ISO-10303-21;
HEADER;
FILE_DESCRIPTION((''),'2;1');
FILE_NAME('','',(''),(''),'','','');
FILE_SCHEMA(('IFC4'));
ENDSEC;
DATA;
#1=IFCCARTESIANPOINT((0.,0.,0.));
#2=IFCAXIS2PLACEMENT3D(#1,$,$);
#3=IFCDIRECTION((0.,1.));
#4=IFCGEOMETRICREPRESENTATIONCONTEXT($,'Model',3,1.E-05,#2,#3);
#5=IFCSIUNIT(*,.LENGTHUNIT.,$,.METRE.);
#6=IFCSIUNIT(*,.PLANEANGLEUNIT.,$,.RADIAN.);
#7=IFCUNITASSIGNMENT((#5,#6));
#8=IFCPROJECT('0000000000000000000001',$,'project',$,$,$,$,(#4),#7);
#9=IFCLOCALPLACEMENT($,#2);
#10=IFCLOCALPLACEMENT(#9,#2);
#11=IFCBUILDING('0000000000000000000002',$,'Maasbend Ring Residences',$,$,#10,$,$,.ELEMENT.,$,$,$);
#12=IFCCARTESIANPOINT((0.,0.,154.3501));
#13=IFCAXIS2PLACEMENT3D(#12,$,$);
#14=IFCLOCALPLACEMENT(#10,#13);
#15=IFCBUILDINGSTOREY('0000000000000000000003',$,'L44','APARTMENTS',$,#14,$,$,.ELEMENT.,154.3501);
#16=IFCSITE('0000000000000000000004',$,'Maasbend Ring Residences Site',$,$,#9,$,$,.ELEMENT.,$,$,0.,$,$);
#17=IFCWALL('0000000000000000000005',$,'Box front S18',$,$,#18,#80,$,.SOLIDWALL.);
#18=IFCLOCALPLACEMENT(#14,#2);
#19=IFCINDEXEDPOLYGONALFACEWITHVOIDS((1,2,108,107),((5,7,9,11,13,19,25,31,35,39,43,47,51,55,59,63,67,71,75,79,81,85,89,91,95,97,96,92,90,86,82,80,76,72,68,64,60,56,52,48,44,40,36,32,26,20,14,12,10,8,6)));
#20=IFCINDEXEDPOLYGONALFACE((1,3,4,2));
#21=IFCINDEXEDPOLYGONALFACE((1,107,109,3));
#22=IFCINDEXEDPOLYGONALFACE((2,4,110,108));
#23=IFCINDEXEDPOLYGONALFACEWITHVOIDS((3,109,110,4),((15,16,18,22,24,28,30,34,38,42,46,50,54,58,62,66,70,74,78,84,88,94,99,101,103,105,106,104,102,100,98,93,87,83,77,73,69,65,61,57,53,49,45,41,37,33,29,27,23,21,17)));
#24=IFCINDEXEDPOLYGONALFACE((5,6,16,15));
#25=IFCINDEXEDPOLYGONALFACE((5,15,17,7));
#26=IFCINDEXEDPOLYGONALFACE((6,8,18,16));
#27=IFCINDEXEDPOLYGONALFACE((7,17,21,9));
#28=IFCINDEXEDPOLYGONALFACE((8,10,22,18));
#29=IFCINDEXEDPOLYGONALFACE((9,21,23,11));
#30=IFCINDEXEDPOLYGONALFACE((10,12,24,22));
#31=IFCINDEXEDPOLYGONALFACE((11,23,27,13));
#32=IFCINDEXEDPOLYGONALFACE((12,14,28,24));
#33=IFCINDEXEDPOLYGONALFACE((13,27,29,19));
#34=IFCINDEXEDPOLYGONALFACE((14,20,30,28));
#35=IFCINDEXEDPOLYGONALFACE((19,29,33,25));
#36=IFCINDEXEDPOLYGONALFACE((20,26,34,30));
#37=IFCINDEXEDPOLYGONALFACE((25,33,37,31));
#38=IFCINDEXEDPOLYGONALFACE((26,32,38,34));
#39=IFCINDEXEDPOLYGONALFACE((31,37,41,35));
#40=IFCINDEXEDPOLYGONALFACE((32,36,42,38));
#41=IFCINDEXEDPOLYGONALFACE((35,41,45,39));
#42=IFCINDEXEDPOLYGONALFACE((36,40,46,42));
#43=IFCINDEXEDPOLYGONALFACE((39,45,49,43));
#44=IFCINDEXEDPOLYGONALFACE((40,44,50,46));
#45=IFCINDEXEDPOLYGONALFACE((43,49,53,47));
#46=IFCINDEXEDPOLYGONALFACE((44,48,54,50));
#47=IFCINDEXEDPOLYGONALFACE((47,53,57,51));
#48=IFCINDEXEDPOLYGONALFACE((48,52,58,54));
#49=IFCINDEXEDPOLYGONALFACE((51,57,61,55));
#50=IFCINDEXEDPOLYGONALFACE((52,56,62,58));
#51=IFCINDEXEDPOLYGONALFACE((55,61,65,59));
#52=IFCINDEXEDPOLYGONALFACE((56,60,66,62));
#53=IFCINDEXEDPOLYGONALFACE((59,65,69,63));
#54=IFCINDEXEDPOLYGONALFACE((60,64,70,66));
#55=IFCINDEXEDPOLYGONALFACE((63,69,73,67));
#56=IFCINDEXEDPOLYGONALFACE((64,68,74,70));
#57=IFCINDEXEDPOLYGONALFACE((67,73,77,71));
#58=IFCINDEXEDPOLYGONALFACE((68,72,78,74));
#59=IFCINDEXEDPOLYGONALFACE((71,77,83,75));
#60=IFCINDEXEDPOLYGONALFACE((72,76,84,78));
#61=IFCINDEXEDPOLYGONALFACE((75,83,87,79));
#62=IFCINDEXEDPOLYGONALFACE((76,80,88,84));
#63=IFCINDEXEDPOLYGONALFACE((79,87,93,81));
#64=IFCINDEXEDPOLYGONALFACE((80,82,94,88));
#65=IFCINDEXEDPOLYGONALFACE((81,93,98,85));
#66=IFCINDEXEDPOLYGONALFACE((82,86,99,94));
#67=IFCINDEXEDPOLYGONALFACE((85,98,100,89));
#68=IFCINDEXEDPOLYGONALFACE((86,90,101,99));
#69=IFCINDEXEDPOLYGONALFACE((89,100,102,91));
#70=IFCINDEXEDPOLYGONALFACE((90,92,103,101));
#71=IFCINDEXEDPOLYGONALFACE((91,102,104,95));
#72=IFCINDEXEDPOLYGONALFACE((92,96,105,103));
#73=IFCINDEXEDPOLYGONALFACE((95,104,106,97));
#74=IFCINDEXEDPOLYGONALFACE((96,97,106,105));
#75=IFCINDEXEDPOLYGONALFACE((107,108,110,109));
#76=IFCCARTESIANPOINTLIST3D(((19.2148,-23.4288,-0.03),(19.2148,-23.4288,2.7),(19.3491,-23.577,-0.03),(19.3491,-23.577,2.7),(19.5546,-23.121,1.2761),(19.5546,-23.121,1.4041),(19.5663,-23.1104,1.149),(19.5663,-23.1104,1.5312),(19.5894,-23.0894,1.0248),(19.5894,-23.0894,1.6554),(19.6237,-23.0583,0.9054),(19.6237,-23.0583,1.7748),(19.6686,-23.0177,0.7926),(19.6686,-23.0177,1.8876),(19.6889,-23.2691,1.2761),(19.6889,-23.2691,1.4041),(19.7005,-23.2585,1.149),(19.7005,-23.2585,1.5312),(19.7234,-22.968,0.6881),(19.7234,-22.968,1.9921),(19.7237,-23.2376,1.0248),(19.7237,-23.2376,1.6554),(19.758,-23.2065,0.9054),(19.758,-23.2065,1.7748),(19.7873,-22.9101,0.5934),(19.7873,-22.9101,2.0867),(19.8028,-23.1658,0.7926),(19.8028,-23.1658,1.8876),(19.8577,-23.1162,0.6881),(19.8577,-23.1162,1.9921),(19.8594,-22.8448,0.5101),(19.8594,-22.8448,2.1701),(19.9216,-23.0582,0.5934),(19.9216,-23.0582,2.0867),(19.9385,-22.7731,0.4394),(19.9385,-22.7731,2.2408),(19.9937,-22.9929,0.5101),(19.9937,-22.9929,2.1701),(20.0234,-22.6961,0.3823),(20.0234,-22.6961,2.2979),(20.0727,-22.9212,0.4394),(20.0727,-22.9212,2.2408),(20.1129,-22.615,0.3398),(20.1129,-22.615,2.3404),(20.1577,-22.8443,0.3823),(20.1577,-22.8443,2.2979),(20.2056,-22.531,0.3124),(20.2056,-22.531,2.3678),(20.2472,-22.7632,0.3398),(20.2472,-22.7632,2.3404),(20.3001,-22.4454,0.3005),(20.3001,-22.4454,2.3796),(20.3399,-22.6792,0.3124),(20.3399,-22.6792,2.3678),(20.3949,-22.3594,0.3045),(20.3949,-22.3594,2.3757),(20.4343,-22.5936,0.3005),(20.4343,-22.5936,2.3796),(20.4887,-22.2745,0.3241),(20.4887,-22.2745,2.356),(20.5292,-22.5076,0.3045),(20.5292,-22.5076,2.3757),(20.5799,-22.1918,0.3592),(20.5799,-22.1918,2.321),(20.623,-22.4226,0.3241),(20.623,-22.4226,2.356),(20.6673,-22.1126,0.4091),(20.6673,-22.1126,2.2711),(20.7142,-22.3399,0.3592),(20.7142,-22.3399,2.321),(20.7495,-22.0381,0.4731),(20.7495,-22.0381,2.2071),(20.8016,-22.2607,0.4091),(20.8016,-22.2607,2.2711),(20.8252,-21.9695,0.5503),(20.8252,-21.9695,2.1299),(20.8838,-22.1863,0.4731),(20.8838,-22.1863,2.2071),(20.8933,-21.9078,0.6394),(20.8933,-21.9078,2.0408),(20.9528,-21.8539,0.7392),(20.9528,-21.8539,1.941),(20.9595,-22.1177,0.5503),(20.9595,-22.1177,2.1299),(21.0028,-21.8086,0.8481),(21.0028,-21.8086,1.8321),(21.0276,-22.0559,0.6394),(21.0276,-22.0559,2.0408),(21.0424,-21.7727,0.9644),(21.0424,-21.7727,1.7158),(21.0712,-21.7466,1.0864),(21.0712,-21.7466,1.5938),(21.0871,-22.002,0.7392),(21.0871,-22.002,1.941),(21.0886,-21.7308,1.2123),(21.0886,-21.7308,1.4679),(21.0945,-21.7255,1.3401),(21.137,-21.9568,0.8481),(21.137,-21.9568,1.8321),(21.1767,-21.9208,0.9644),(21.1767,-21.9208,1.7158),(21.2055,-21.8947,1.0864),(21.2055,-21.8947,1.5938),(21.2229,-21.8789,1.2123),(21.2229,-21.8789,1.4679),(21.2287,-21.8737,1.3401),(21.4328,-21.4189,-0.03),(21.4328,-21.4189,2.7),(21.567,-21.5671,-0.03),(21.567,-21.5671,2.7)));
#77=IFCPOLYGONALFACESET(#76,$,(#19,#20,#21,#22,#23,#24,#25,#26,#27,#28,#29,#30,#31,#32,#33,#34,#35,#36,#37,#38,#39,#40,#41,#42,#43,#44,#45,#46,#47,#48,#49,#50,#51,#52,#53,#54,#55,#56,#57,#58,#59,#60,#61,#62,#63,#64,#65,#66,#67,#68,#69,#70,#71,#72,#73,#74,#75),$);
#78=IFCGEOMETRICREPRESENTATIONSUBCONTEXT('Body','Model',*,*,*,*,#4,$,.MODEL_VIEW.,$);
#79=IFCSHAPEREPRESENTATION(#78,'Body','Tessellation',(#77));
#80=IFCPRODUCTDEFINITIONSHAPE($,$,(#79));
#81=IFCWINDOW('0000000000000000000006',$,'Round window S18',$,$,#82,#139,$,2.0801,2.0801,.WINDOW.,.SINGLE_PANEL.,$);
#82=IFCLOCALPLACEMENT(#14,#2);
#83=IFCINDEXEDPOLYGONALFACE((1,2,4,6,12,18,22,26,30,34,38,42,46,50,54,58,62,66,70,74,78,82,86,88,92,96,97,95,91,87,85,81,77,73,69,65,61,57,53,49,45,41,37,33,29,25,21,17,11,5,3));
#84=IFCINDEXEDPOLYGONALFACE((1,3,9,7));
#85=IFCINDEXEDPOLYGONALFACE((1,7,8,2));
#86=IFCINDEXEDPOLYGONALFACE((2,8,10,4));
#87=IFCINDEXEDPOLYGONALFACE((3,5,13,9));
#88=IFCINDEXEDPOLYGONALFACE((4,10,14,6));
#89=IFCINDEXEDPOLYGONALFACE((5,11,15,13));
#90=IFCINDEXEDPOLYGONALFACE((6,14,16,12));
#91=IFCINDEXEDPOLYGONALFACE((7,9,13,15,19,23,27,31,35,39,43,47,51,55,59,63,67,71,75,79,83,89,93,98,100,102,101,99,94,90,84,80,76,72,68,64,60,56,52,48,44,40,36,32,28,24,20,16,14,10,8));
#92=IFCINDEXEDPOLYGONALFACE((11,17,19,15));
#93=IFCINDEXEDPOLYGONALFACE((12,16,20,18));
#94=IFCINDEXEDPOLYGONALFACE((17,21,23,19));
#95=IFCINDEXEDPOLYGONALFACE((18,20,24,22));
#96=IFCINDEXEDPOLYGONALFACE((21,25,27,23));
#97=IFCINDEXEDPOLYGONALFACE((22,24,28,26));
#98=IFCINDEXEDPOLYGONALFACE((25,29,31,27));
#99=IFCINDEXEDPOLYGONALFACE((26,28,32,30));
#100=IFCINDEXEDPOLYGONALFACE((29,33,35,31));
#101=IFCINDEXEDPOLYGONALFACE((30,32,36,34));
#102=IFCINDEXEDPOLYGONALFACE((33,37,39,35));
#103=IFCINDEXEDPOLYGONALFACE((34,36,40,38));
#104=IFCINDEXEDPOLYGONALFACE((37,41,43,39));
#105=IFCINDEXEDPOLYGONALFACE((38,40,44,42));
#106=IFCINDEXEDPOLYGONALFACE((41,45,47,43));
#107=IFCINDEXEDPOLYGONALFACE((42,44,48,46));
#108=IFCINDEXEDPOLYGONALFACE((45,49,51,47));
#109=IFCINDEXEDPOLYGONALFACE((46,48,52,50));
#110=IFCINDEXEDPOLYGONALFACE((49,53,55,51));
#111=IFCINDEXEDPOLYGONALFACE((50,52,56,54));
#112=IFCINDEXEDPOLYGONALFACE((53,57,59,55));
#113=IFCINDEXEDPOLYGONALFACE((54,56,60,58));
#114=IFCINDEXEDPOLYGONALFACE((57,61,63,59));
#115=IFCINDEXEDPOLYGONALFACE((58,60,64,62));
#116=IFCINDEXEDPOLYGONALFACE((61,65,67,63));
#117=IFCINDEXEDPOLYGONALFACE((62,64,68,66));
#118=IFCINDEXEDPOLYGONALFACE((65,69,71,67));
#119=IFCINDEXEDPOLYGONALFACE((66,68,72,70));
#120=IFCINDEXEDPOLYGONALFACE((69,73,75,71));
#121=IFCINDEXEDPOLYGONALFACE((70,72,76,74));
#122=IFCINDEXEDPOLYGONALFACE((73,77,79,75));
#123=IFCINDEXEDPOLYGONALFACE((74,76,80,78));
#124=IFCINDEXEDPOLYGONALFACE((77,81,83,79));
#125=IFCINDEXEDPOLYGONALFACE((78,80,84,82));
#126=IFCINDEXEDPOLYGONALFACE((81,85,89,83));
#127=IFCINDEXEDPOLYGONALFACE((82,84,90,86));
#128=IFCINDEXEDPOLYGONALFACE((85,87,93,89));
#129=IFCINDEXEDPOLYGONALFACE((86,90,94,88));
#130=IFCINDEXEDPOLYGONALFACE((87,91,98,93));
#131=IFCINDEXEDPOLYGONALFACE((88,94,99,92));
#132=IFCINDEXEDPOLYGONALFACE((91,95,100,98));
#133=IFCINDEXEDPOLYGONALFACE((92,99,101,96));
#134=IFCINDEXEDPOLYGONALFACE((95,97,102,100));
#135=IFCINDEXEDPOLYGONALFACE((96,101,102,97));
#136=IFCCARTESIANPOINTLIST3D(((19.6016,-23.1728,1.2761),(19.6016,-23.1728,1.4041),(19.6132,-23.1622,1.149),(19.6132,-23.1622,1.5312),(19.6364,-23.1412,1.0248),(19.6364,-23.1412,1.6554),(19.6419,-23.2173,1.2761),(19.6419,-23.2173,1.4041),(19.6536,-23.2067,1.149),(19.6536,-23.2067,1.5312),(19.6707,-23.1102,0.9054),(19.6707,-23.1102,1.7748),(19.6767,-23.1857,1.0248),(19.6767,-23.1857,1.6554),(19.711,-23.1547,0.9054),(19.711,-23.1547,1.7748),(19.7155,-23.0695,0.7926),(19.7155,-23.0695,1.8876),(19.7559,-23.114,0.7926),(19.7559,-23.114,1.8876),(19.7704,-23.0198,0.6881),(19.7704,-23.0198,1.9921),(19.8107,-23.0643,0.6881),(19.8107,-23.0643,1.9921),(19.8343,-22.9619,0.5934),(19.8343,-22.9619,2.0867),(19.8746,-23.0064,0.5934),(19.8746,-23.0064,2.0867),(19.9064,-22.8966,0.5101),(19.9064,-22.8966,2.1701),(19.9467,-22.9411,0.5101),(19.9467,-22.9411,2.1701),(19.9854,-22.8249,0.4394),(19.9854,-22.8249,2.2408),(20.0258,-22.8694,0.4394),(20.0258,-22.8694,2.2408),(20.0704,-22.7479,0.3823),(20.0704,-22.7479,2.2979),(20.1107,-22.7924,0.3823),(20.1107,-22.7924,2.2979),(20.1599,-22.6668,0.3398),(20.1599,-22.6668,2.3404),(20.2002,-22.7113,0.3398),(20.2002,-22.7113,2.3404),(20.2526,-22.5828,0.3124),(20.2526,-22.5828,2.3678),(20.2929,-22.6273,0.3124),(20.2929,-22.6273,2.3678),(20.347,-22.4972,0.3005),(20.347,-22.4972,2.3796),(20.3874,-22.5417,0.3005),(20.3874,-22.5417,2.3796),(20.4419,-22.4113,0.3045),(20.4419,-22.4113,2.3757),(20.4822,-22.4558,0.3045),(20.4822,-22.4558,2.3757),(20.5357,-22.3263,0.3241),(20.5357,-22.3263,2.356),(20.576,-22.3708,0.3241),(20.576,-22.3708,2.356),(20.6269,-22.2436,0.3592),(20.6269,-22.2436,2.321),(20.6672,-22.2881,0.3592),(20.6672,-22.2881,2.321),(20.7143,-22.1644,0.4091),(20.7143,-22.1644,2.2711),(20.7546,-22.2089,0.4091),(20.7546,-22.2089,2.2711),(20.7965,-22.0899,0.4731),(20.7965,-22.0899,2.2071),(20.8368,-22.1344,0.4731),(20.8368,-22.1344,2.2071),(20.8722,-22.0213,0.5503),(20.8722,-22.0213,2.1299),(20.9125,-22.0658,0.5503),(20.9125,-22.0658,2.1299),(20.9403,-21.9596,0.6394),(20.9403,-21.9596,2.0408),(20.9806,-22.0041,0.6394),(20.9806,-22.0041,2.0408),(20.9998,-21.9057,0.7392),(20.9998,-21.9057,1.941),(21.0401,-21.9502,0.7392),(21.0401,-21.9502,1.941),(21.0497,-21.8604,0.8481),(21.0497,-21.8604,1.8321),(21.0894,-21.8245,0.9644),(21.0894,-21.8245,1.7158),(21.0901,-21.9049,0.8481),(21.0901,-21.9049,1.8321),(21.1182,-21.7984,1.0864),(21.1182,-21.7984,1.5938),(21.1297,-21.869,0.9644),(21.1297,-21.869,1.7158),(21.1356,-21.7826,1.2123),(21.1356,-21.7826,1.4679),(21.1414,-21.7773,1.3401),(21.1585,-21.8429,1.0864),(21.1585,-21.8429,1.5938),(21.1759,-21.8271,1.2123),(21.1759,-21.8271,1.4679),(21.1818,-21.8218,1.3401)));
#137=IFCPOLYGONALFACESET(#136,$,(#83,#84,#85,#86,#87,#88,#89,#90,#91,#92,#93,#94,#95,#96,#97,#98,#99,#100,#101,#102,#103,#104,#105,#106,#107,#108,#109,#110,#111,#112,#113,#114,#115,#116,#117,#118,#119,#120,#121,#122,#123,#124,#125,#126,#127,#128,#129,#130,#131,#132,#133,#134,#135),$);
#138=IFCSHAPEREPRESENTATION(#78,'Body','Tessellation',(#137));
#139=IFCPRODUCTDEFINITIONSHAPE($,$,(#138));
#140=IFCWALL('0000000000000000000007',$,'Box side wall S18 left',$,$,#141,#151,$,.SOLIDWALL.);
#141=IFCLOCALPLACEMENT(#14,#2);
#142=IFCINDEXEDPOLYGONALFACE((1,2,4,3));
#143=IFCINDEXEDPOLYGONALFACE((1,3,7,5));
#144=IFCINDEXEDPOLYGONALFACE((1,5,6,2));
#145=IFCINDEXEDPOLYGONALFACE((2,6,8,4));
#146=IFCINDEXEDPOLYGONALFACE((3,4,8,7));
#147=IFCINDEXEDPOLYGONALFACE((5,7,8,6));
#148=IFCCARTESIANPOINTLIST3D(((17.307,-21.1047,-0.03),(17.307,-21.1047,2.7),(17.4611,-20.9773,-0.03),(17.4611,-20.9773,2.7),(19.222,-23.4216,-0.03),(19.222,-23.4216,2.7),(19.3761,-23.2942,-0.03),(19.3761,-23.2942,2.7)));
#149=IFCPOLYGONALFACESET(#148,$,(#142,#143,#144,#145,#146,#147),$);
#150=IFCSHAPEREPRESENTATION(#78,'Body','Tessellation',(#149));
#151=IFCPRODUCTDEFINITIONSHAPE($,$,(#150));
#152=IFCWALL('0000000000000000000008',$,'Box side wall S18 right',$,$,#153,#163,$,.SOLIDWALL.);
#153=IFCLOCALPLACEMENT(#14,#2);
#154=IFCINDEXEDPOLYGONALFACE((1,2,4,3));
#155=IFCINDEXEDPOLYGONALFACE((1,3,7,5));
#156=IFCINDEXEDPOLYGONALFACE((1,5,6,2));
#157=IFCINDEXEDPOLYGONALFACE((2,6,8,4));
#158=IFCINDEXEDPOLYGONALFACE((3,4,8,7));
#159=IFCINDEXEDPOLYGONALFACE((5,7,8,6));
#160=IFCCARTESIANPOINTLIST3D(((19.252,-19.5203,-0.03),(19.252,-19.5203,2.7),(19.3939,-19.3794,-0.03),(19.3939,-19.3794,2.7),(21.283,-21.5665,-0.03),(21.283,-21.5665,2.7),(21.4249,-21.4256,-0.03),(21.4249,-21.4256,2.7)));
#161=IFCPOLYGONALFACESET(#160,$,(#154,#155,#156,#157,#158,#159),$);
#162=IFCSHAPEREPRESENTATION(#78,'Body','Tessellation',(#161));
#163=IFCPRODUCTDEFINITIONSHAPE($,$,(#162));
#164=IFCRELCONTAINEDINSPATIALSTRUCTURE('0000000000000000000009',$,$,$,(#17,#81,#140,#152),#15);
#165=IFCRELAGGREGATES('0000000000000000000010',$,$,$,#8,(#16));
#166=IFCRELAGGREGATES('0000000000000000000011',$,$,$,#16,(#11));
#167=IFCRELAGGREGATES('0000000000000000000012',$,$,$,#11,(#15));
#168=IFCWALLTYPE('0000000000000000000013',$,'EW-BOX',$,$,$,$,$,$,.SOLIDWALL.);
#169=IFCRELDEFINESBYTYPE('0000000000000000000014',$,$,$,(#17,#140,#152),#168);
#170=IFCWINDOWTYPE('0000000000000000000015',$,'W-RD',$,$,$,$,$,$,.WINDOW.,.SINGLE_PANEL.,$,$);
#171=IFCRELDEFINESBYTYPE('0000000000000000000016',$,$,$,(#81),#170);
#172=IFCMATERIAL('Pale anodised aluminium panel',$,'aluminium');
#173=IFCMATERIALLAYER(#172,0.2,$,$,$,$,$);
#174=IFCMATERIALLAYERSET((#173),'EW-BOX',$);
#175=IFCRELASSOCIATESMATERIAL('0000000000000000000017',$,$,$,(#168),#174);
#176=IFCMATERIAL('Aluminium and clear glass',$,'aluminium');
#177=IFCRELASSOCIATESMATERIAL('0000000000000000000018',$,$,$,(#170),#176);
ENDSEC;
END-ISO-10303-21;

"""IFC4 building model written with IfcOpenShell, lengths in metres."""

from ifc_helpers import new_model, si_unit, direction, frame, frame_2d, origin, place, context, subcontext, project, spatial, rectangle, circle, extrude, material, layer, layer_set, type_object, element, fill, save


model = new_model("IFC4")

# Units and contexts
model_context = context("Model", 3, precision=1e-05, world=origin(), true_north=direction((0.0, 1.0)))
body_context = subcontext(model_context, "Body", "Model", "MODEL_VIEW")
ifc_project = project(units=[si_unit("LENGTHUNIT", "METRE"), si_unit("PLANEANGLEUNIT", "RADIAN")], contexts=[model_context])

# Site, building, storey
site_placement = place(None, origin())
site = spatial("IfcSite", under=ifc_project, at=site_placement, Name="Maasbend Ring Residences Site", CompositionType="ELEMENT", RefElevation=0.0)
building_placement = place(site_placement, origin())
building = spatial("IfcBuilding", under=site, at=building_placement, Name="Maasbend Ring Residences", CompositionType="ELEMENT")
storey_placement = place(building_placement, frame((0.0, 0.0, 154.3501)))
storey = spatial("IfcBuildingStorey", under=building, at=storey_placement, Name="L44", Description="APARTMENTS", CompositionType="ELEMENT", Elevation=154.3501)

# Wall, opening, window
ifc_material_1 = material(Name="Pale anodised aluminium panel", Category="aluminium")
ifc_layer_1 = layer(ifc_material_1, 0.2)
ifc_layer_set_1 = layer_set([ifc_layer_1], Name="EW-BOX")
wall_type_1 = type_object("IfcWallType", Name="EW-BOX", PredefinedType="SOLIDWALL", material=ifc_layer_set_1)
wall_1_placement = place(storey_placement, frame((19.282, -23.5029, -0.03), z_axis=(0.0, 0.0, 1.0), x_axis=(0.740998, 0.671507, 0.0)))
wall_1 = element("IfcWall", 1, at=wall_1_placement, inside=storey, type_object=wall_type_1, Name="Box front S18", PredefinedType="SOLIDWALL", context=body_context, shape_type="SweptSolid", body=[
    extrude(rectangle(XDim=2.9932, YDim=0.2, at=frame_2d((1.4966, 0.0))), origin(), (0.0, 0.0, 1.0), 2.73),
])
opening_1_placement = place(wall_1_placement, frame((0.4565, 0.0, 0.3301)))
opening_1 = element("IfcOpeningElement", 2, at=opening_1_placement, cuts=wall_1, PredefinedType="OPENING", context=body_context, shape_type="SweptSolid", body=[
    extrude(circle(Radius=1.04, at=frame_2d((1.04, 1.04))), frame((0.0, 0.1099, 0.0), z_axis=(0.0, -1.0, 0.0), x_axis=(1.0, 0.0, 0.0)), (0.0, 0.0, 1.0), 0.22),
])
ifc_material_2 = material(Name="Aluminium and clear glass", Category="aluminium")
window_type_1 = type_object("IfcWindowType", Name="W-RD", PartitioningType="SINGLE_PANEL", PredefinedType="WINDOW", material=ifc_material_2)
window_1_placement = place(opening_1_placement, origin())
window_1 = element("IfcWindow", 3, at=window_1_placement, inside=storey, type_object=window_type_1, Name="Round window S18", OverallHeight=2.0801, OverallWidth=2.0801, PartitioningType="SINGLE_PANEL", PredefinedType="WINDOW", context=body_context, shape_type="SweptSolid", body=[
    extrude(circle(Radius=1.04, at=frame_2d((1.04, 1.04))), frame((0.0, 0.03, 0.0), z_axis=(0.0, -1.0, 0.0), x_axis=(1.0, 0.0, 0.0)), (0.0, 0.0, 1.0), 0.0601),
])
fill(opening_1, window_1)

# Walls
wall_2_placement = place(storey_placement, frame((17.384, -21.041, -0.03), z_axis=(0.0, 0.0, 1.0), x_axis=(0.637096, -0.770785, 0.0)))
element("IfcWall", 4, at=wall_2_placement, inside=storey, type_object=wall_type_1, Name="Box side wall S18 left", PredefinedType="SOLIDWALL", context=body_context, shape_type="SweptSolid", body=[
    extrude(rectangle(XDim=3.0059, YDim=0.2, at=frame_2d((1.5029, 0.0))), origin(), (0.0, 0.0, 1.0), 2.73),
])
wall_3_placement = place(storey_placement, frame((19.323, -19.45, -0.03), z_axis=(0.0, 0.0, 1.0), x_axis=(0.704477, -0.709727, 0.0)))
element("IfcWall", 5, at=wall_3_placement, inside=storey, type_object=wall_type_1, Name="Box side wall S18 right", PredefinedType="SOLIDWALL", context=body_context, shape_type="SweptSolid", body=[
    extrude(rectangle(XDim=2.8831, YDim=0.2, at=frame_2d((1.4414, 0.0))), origin(), (0.0, 0.0, 1.0), 2.73),
])

save(model, "model.ifc")
